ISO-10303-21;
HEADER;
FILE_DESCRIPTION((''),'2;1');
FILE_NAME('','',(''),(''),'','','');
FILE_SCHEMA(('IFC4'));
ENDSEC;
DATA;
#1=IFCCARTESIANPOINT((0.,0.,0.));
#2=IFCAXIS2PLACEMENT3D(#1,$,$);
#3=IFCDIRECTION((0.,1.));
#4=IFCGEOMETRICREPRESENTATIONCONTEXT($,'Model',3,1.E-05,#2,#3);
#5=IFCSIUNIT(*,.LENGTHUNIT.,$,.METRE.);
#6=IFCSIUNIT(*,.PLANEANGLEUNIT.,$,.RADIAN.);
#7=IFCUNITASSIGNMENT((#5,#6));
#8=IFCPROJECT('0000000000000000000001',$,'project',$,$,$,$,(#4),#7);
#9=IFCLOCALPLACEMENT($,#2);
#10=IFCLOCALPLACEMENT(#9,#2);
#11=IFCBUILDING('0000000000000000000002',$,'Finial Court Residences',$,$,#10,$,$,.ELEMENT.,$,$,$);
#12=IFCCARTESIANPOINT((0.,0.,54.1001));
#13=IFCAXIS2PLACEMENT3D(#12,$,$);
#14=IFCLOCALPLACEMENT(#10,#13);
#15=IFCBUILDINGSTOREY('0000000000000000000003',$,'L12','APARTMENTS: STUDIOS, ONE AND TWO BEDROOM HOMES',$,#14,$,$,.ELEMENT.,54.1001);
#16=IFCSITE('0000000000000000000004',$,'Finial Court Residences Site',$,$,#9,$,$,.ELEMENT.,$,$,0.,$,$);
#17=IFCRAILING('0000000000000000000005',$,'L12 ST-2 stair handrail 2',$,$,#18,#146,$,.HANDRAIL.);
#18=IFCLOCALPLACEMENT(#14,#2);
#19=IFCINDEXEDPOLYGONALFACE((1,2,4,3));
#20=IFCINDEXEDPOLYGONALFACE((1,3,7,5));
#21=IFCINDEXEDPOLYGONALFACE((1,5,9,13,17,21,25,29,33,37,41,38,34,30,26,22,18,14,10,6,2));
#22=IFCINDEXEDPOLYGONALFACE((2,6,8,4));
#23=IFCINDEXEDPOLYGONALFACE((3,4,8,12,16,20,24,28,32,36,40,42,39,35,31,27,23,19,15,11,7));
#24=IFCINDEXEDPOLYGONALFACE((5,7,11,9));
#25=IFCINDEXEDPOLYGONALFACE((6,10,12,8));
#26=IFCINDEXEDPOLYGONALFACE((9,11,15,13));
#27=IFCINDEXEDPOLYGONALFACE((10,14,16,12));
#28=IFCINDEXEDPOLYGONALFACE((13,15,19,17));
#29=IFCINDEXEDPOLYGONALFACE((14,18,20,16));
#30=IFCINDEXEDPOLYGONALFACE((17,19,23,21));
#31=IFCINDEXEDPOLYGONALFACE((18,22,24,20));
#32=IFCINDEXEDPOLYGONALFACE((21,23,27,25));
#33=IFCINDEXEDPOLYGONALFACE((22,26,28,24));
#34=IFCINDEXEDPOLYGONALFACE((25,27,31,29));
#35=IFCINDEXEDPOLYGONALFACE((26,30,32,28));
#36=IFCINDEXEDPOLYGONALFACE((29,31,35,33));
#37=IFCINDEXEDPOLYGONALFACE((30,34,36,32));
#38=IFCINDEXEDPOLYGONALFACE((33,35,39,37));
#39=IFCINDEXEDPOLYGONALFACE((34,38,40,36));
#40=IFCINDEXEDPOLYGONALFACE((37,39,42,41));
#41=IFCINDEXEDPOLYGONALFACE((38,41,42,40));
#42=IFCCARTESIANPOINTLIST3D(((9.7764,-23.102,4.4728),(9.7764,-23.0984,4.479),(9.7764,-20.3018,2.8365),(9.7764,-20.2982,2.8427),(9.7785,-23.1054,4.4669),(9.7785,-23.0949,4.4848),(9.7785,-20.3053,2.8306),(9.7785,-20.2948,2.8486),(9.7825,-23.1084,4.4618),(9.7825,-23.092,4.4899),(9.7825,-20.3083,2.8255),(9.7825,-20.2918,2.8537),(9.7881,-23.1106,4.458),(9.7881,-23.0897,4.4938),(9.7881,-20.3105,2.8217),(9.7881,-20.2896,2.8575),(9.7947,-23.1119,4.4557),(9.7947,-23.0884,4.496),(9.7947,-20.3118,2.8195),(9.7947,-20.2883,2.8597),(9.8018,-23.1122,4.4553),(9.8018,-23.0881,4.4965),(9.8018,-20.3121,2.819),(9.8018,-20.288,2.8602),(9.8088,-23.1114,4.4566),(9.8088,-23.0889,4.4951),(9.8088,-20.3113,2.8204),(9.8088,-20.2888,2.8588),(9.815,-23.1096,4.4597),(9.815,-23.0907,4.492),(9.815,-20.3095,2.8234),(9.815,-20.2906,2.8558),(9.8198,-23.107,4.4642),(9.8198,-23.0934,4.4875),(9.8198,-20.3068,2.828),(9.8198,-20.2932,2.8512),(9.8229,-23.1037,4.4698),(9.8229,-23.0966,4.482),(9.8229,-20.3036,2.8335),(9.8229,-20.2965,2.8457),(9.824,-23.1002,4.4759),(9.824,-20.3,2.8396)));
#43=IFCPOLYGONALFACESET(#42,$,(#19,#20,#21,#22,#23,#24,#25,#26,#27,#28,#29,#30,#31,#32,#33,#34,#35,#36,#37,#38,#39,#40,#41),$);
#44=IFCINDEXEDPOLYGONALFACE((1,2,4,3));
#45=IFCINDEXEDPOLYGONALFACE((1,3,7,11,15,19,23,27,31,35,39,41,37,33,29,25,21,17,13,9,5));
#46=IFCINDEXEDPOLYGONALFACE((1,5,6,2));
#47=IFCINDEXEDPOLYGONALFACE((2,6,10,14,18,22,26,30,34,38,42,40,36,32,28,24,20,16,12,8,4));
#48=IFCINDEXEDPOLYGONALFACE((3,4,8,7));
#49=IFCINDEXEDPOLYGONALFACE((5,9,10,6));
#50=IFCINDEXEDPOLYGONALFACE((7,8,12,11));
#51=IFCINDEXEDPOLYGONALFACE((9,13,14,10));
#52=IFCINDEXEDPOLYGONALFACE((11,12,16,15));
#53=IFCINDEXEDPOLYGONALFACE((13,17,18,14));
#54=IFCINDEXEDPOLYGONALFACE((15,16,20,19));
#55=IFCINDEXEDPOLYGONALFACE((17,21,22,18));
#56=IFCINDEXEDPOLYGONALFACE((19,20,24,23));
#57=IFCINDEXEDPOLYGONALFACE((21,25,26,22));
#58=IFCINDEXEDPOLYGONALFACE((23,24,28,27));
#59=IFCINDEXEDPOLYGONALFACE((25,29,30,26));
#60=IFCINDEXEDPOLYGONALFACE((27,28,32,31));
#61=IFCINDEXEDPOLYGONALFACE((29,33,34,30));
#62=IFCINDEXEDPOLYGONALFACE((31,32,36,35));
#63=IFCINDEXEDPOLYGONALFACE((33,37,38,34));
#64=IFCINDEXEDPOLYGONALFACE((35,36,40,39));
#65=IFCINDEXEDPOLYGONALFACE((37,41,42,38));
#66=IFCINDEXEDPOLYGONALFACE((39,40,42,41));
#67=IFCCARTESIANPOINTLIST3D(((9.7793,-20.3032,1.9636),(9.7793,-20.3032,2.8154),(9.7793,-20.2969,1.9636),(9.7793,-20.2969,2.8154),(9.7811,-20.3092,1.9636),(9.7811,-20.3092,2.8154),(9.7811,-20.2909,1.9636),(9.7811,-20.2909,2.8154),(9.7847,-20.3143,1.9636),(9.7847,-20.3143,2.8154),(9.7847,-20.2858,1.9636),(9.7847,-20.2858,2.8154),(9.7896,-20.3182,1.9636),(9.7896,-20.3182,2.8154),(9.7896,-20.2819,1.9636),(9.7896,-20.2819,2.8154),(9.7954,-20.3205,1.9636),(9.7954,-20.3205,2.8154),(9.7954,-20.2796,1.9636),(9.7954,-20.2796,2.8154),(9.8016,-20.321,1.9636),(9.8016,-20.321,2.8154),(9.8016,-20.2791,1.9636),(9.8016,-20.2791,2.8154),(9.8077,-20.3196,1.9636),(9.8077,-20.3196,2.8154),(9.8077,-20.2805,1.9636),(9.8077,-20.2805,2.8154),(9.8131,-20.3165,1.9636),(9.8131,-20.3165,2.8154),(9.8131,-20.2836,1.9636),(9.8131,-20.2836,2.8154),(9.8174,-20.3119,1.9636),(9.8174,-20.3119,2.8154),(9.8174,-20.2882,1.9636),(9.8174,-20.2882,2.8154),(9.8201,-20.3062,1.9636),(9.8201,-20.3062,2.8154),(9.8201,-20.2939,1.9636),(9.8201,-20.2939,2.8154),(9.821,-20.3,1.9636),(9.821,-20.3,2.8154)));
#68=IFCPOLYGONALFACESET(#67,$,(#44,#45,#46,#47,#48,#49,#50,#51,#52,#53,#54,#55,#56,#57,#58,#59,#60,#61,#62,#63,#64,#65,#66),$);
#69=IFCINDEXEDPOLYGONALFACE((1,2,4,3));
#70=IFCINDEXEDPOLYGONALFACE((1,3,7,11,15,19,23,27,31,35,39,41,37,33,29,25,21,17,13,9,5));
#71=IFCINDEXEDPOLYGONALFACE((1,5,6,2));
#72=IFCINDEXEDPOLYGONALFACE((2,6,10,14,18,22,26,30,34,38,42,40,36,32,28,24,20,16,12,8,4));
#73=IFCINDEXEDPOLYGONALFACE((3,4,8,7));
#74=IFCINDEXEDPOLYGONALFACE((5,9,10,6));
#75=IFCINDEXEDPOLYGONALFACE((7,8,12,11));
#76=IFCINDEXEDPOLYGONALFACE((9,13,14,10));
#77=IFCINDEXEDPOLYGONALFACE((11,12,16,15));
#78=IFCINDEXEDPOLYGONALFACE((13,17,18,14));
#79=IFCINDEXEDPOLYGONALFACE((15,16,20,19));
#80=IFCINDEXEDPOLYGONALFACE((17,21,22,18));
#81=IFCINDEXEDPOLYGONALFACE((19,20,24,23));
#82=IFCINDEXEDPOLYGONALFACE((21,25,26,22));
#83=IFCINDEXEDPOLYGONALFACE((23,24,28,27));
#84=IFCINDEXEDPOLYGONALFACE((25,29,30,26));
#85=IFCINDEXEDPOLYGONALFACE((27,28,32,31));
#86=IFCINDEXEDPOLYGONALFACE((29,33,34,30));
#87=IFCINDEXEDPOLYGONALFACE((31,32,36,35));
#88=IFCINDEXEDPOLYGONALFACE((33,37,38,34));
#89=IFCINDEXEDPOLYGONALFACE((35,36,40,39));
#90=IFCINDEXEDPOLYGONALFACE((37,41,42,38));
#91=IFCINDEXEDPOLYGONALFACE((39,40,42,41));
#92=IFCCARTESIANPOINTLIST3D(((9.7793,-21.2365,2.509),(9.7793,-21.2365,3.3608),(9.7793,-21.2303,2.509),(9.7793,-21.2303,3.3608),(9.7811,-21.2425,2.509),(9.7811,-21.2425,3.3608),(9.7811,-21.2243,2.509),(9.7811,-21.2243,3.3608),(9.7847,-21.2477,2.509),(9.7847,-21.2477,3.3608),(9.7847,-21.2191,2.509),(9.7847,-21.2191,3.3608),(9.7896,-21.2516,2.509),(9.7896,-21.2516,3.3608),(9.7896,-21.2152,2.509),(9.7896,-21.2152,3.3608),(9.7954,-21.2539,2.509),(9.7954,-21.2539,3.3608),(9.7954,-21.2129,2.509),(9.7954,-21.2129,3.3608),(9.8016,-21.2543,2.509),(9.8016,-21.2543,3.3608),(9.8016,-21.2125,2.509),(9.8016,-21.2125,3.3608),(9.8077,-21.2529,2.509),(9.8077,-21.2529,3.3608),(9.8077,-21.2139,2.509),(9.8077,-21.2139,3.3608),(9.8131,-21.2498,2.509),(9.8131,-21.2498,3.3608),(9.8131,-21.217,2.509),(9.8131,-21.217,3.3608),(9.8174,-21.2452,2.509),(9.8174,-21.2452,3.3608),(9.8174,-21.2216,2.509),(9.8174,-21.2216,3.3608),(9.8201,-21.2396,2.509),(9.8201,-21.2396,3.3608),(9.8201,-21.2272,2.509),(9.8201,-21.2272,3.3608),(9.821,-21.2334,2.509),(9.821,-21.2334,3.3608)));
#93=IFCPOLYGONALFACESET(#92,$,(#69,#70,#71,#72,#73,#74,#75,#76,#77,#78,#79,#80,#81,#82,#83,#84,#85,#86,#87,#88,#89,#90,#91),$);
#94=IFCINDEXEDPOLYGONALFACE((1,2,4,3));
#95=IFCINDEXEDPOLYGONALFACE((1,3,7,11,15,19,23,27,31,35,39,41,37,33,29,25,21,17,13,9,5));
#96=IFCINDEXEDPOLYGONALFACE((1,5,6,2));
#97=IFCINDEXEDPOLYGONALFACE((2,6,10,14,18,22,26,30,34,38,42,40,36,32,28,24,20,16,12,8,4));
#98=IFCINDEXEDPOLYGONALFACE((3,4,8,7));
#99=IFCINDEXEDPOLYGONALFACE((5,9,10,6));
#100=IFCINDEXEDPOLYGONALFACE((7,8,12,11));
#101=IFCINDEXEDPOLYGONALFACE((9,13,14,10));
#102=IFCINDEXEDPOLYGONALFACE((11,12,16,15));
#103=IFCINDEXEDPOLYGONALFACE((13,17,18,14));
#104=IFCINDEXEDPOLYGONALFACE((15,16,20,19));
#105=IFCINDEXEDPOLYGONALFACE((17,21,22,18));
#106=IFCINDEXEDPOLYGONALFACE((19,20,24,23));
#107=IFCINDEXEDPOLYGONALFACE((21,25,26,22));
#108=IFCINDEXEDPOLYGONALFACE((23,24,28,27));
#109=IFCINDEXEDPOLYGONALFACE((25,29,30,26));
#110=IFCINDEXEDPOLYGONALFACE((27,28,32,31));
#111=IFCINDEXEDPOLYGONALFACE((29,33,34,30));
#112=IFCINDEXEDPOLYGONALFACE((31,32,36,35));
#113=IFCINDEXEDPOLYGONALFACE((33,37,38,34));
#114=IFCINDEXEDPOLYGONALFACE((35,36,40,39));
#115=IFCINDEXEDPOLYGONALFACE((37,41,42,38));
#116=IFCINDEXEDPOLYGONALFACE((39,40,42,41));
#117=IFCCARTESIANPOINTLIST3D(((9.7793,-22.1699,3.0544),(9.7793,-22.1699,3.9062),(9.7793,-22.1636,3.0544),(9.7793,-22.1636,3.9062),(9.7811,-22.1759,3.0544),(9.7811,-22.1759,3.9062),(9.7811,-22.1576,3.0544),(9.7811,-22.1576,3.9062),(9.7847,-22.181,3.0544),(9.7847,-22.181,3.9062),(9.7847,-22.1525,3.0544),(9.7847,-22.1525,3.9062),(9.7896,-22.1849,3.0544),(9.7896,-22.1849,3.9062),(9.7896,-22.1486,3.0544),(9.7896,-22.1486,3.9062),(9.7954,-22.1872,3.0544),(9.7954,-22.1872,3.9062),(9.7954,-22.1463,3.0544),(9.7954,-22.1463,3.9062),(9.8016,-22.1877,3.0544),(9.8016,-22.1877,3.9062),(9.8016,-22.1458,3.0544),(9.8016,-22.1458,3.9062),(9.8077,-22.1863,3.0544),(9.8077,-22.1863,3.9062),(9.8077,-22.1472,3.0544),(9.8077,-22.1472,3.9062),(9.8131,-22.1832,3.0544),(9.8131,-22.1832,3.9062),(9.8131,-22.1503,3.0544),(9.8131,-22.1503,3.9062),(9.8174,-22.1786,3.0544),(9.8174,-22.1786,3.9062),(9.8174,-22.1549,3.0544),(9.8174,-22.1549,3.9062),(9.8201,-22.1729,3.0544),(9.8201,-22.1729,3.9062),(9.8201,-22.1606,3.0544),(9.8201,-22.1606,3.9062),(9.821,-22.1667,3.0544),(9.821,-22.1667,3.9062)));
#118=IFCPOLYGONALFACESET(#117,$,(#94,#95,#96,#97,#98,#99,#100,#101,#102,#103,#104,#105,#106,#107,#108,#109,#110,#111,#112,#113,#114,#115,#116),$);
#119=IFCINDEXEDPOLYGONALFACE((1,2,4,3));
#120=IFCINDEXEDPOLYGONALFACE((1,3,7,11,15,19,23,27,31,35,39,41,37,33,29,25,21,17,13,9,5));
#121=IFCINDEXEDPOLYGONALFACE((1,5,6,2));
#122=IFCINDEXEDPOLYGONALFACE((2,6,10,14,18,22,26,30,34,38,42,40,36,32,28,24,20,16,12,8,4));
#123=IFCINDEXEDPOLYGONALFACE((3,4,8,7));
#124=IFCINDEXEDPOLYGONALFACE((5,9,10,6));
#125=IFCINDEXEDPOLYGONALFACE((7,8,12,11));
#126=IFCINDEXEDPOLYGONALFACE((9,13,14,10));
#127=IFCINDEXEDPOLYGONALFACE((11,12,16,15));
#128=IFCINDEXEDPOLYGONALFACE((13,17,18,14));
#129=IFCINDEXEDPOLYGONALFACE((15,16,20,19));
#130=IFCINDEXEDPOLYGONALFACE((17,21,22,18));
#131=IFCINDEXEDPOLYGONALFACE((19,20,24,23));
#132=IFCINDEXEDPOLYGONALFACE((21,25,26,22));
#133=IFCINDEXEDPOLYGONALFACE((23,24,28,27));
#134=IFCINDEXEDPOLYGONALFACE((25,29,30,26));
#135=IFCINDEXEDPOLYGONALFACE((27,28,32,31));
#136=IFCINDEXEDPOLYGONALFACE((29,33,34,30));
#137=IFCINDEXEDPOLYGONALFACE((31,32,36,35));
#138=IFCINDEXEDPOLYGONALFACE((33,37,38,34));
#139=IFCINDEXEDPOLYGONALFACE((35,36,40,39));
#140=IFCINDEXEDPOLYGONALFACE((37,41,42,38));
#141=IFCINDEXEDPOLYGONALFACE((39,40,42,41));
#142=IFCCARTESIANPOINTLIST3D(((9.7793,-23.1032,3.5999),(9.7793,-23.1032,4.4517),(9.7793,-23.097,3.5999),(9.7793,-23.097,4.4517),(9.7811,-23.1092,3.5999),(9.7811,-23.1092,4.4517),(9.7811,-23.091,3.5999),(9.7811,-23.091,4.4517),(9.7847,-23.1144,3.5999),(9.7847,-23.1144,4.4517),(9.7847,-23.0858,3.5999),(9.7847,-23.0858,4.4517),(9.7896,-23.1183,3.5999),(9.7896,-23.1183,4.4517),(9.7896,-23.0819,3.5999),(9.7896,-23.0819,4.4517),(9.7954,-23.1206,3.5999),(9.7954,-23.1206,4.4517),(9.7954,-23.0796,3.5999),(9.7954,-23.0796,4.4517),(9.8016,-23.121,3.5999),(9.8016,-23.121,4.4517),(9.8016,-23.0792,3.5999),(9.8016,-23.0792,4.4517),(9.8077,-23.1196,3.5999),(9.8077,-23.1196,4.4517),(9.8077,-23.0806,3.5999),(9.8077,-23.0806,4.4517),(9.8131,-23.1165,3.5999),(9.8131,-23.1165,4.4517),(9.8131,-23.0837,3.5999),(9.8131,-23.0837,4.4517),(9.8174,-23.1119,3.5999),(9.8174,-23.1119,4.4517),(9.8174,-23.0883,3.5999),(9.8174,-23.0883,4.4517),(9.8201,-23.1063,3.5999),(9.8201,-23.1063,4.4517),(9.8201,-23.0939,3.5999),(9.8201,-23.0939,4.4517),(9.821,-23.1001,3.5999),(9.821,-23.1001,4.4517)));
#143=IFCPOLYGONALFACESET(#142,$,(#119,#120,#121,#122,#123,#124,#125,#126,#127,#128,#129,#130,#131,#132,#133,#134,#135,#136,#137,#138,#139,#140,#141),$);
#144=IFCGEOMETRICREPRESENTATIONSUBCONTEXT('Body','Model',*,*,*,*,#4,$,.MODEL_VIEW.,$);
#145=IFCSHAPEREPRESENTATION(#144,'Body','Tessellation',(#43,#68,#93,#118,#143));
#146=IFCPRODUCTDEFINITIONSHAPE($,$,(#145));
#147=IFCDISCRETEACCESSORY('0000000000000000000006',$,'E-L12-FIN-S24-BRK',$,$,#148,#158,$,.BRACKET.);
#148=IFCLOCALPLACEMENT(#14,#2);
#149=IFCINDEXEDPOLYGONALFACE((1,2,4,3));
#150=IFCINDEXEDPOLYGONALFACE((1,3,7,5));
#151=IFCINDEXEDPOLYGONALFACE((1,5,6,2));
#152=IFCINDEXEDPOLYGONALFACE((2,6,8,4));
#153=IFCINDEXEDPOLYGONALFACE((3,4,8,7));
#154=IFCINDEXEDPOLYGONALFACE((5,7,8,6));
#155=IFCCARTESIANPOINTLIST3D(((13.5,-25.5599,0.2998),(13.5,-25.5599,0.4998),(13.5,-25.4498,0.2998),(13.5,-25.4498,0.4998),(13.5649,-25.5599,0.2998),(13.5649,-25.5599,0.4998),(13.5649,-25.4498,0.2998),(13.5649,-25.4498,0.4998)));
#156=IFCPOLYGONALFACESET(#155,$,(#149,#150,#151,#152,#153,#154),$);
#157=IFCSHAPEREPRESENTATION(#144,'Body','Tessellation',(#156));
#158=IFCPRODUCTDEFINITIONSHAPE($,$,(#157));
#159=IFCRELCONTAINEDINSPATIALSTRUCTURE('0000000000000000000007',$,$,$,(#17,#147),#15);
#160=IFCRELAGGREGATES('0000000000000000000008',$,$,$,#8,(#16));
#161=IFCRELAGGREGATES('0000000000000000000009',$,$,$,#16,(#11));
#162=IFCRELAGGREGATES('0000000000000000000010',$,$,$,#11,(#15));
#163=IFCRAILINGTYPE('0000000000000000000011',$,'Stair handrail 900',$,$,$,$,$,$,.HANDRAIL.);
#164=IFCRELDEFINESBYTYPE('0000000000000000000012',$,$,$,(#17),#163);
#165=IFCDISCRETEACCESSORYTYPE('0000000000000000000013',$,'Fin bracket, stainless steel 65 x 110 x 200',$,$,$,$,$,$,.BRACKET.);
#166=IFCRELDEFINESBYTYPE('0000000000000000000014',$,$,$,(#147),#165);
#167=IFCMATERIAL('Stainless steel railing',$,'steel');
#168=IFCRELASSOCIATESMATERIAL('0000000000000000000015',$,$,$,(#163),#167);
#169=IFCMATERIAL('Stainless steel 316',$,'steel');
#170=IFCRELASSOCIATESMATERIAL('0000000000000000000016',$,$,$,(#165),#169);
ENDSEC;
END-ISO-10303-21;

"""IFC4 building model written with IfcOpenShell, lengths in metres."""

from ifc_helpers import new_model, si_unit, direction, frame, origin, origin_2d, place, context, subcontext, project, spatial, rectangle, circle, extrude, material, type_object, element, save


model = new_model("IFC4")

# Units and contexts
model_context = context("Model", 3, precision=1e-05, world=origin(), true_north=direction((0.0, 1.0)))
body_context = subcontext(model_context, "Body", "Model", "MODEL_VIEW")
ifc_project = project(units=[si_unit("LENGTHUNIT", "METRE"), si_unit("PLANEANGLEUNIT", "RADIAN")], contexts=[model_context])

# Site, building, storey
site_placement = place(None, origin())
site = spatial("IfcSite", under=ifc_project, at=site_placement, Name="Finial Court Residences Site", CompositionType="ELEMENT", RefElevation=0.0)
building_placement = place(site_placement, origin())
building = spatial("IfcBuilding", under=site, at=building_placement, Name="Finial Court Residences", CompositionType="ELEMENT")
storey_placement = place(building_placement, frame((0.0, 0.0, 54.1001)))
storey = spatial("IfcBuildingStorey", under=building, at=storey_placement, Name="L12", Description="APARTMENTS: STUDIOS, ONE AND TWO BEDROOM HOMES", CompositionType="ELEMENT", Elevation=54.1001)

# Railing
ifc_material_1 = material(Name="Stainless steel railing", Category="steel")
railing_type_1 = type_object("IfcRailingType", Name="Stair handrail 900", PredefinedType="HANDRAIL", material=ifc_material_1)
railing_1_placement = place(storey_placement, frame((9.8, -20.3, 1.9636)))
element("IfcRailing", 1, at=railing_1_placement, inside=storey, type_object=railing_type_1, Name="L12 ST-2 stair handrail 2", PredefinedType="HANDRAIL", context=body_context, shape_type="SweptSolid", body=[
    extrude(circle(Radius=0.0239, at=origin_2d()), frame((0.0, 0.0, 0.876), z_axis=(0.0, -0.863394, 0.504531), x_axis=(1.0, 0.0, 0.0)), (0.0, 0.0, 1.0), 3.2432),
    extrude(circle(Radius=0.021, at=origin_2d()), origin(), (0.0, 0.0, 1.0), 0.8518),
    extrude(circle(Radius=0.021, at=origin_2d()), frame((0.0, -0.9333, 0.5454)), (0.0, 0.0, 1.0), 0.8518),
    extrude(circle(Radius=0.021, at=origin_2d()), frame((0.0, -1.8667, 1.0908)), (0.0, 0.0, 1.0), 0.8518),
    extrude(circle(Radius=0.021, at=origin_2d()), frame((0.0, -2.8, 1.6362)), (0.0, 0.0, 1.0), 0.8518),
])

# Discrete accessory
ifc_material_2 = material(Name="Stainless steel 316", Category="steel")
discrete_accessory_type = type_object("IfcDiscreteAccessoryType", Name="Fin bracket, stainless steel 65 x 110 x 200", PredefinedType="BRACKET", material=ifc_material_2)
discrete_accessory_placement = place(storey_placement, frame((13.5325, -25.5049, 0.2998), z_axis=(0.0, 0.0, 1.0), x_axis=(1.0, 0.0, 0.0)))
element("IfcDiscreteAccessory", 2, at=discrete_accessory_placement, inside=storey, type_object=discrete_accessory_type, Name="E-L12-FIN-S24-BRK", PredefinedType="BRACKET", context=body_context, shape_type="SweptSolid", body=[
    extrude(rectangle(XDim=0.0649, YDim=0.1101, at=origin_2d()), origin(), (0.0, 0.0, 1.0), 0.2),
])

save(model, "model.ifc")
